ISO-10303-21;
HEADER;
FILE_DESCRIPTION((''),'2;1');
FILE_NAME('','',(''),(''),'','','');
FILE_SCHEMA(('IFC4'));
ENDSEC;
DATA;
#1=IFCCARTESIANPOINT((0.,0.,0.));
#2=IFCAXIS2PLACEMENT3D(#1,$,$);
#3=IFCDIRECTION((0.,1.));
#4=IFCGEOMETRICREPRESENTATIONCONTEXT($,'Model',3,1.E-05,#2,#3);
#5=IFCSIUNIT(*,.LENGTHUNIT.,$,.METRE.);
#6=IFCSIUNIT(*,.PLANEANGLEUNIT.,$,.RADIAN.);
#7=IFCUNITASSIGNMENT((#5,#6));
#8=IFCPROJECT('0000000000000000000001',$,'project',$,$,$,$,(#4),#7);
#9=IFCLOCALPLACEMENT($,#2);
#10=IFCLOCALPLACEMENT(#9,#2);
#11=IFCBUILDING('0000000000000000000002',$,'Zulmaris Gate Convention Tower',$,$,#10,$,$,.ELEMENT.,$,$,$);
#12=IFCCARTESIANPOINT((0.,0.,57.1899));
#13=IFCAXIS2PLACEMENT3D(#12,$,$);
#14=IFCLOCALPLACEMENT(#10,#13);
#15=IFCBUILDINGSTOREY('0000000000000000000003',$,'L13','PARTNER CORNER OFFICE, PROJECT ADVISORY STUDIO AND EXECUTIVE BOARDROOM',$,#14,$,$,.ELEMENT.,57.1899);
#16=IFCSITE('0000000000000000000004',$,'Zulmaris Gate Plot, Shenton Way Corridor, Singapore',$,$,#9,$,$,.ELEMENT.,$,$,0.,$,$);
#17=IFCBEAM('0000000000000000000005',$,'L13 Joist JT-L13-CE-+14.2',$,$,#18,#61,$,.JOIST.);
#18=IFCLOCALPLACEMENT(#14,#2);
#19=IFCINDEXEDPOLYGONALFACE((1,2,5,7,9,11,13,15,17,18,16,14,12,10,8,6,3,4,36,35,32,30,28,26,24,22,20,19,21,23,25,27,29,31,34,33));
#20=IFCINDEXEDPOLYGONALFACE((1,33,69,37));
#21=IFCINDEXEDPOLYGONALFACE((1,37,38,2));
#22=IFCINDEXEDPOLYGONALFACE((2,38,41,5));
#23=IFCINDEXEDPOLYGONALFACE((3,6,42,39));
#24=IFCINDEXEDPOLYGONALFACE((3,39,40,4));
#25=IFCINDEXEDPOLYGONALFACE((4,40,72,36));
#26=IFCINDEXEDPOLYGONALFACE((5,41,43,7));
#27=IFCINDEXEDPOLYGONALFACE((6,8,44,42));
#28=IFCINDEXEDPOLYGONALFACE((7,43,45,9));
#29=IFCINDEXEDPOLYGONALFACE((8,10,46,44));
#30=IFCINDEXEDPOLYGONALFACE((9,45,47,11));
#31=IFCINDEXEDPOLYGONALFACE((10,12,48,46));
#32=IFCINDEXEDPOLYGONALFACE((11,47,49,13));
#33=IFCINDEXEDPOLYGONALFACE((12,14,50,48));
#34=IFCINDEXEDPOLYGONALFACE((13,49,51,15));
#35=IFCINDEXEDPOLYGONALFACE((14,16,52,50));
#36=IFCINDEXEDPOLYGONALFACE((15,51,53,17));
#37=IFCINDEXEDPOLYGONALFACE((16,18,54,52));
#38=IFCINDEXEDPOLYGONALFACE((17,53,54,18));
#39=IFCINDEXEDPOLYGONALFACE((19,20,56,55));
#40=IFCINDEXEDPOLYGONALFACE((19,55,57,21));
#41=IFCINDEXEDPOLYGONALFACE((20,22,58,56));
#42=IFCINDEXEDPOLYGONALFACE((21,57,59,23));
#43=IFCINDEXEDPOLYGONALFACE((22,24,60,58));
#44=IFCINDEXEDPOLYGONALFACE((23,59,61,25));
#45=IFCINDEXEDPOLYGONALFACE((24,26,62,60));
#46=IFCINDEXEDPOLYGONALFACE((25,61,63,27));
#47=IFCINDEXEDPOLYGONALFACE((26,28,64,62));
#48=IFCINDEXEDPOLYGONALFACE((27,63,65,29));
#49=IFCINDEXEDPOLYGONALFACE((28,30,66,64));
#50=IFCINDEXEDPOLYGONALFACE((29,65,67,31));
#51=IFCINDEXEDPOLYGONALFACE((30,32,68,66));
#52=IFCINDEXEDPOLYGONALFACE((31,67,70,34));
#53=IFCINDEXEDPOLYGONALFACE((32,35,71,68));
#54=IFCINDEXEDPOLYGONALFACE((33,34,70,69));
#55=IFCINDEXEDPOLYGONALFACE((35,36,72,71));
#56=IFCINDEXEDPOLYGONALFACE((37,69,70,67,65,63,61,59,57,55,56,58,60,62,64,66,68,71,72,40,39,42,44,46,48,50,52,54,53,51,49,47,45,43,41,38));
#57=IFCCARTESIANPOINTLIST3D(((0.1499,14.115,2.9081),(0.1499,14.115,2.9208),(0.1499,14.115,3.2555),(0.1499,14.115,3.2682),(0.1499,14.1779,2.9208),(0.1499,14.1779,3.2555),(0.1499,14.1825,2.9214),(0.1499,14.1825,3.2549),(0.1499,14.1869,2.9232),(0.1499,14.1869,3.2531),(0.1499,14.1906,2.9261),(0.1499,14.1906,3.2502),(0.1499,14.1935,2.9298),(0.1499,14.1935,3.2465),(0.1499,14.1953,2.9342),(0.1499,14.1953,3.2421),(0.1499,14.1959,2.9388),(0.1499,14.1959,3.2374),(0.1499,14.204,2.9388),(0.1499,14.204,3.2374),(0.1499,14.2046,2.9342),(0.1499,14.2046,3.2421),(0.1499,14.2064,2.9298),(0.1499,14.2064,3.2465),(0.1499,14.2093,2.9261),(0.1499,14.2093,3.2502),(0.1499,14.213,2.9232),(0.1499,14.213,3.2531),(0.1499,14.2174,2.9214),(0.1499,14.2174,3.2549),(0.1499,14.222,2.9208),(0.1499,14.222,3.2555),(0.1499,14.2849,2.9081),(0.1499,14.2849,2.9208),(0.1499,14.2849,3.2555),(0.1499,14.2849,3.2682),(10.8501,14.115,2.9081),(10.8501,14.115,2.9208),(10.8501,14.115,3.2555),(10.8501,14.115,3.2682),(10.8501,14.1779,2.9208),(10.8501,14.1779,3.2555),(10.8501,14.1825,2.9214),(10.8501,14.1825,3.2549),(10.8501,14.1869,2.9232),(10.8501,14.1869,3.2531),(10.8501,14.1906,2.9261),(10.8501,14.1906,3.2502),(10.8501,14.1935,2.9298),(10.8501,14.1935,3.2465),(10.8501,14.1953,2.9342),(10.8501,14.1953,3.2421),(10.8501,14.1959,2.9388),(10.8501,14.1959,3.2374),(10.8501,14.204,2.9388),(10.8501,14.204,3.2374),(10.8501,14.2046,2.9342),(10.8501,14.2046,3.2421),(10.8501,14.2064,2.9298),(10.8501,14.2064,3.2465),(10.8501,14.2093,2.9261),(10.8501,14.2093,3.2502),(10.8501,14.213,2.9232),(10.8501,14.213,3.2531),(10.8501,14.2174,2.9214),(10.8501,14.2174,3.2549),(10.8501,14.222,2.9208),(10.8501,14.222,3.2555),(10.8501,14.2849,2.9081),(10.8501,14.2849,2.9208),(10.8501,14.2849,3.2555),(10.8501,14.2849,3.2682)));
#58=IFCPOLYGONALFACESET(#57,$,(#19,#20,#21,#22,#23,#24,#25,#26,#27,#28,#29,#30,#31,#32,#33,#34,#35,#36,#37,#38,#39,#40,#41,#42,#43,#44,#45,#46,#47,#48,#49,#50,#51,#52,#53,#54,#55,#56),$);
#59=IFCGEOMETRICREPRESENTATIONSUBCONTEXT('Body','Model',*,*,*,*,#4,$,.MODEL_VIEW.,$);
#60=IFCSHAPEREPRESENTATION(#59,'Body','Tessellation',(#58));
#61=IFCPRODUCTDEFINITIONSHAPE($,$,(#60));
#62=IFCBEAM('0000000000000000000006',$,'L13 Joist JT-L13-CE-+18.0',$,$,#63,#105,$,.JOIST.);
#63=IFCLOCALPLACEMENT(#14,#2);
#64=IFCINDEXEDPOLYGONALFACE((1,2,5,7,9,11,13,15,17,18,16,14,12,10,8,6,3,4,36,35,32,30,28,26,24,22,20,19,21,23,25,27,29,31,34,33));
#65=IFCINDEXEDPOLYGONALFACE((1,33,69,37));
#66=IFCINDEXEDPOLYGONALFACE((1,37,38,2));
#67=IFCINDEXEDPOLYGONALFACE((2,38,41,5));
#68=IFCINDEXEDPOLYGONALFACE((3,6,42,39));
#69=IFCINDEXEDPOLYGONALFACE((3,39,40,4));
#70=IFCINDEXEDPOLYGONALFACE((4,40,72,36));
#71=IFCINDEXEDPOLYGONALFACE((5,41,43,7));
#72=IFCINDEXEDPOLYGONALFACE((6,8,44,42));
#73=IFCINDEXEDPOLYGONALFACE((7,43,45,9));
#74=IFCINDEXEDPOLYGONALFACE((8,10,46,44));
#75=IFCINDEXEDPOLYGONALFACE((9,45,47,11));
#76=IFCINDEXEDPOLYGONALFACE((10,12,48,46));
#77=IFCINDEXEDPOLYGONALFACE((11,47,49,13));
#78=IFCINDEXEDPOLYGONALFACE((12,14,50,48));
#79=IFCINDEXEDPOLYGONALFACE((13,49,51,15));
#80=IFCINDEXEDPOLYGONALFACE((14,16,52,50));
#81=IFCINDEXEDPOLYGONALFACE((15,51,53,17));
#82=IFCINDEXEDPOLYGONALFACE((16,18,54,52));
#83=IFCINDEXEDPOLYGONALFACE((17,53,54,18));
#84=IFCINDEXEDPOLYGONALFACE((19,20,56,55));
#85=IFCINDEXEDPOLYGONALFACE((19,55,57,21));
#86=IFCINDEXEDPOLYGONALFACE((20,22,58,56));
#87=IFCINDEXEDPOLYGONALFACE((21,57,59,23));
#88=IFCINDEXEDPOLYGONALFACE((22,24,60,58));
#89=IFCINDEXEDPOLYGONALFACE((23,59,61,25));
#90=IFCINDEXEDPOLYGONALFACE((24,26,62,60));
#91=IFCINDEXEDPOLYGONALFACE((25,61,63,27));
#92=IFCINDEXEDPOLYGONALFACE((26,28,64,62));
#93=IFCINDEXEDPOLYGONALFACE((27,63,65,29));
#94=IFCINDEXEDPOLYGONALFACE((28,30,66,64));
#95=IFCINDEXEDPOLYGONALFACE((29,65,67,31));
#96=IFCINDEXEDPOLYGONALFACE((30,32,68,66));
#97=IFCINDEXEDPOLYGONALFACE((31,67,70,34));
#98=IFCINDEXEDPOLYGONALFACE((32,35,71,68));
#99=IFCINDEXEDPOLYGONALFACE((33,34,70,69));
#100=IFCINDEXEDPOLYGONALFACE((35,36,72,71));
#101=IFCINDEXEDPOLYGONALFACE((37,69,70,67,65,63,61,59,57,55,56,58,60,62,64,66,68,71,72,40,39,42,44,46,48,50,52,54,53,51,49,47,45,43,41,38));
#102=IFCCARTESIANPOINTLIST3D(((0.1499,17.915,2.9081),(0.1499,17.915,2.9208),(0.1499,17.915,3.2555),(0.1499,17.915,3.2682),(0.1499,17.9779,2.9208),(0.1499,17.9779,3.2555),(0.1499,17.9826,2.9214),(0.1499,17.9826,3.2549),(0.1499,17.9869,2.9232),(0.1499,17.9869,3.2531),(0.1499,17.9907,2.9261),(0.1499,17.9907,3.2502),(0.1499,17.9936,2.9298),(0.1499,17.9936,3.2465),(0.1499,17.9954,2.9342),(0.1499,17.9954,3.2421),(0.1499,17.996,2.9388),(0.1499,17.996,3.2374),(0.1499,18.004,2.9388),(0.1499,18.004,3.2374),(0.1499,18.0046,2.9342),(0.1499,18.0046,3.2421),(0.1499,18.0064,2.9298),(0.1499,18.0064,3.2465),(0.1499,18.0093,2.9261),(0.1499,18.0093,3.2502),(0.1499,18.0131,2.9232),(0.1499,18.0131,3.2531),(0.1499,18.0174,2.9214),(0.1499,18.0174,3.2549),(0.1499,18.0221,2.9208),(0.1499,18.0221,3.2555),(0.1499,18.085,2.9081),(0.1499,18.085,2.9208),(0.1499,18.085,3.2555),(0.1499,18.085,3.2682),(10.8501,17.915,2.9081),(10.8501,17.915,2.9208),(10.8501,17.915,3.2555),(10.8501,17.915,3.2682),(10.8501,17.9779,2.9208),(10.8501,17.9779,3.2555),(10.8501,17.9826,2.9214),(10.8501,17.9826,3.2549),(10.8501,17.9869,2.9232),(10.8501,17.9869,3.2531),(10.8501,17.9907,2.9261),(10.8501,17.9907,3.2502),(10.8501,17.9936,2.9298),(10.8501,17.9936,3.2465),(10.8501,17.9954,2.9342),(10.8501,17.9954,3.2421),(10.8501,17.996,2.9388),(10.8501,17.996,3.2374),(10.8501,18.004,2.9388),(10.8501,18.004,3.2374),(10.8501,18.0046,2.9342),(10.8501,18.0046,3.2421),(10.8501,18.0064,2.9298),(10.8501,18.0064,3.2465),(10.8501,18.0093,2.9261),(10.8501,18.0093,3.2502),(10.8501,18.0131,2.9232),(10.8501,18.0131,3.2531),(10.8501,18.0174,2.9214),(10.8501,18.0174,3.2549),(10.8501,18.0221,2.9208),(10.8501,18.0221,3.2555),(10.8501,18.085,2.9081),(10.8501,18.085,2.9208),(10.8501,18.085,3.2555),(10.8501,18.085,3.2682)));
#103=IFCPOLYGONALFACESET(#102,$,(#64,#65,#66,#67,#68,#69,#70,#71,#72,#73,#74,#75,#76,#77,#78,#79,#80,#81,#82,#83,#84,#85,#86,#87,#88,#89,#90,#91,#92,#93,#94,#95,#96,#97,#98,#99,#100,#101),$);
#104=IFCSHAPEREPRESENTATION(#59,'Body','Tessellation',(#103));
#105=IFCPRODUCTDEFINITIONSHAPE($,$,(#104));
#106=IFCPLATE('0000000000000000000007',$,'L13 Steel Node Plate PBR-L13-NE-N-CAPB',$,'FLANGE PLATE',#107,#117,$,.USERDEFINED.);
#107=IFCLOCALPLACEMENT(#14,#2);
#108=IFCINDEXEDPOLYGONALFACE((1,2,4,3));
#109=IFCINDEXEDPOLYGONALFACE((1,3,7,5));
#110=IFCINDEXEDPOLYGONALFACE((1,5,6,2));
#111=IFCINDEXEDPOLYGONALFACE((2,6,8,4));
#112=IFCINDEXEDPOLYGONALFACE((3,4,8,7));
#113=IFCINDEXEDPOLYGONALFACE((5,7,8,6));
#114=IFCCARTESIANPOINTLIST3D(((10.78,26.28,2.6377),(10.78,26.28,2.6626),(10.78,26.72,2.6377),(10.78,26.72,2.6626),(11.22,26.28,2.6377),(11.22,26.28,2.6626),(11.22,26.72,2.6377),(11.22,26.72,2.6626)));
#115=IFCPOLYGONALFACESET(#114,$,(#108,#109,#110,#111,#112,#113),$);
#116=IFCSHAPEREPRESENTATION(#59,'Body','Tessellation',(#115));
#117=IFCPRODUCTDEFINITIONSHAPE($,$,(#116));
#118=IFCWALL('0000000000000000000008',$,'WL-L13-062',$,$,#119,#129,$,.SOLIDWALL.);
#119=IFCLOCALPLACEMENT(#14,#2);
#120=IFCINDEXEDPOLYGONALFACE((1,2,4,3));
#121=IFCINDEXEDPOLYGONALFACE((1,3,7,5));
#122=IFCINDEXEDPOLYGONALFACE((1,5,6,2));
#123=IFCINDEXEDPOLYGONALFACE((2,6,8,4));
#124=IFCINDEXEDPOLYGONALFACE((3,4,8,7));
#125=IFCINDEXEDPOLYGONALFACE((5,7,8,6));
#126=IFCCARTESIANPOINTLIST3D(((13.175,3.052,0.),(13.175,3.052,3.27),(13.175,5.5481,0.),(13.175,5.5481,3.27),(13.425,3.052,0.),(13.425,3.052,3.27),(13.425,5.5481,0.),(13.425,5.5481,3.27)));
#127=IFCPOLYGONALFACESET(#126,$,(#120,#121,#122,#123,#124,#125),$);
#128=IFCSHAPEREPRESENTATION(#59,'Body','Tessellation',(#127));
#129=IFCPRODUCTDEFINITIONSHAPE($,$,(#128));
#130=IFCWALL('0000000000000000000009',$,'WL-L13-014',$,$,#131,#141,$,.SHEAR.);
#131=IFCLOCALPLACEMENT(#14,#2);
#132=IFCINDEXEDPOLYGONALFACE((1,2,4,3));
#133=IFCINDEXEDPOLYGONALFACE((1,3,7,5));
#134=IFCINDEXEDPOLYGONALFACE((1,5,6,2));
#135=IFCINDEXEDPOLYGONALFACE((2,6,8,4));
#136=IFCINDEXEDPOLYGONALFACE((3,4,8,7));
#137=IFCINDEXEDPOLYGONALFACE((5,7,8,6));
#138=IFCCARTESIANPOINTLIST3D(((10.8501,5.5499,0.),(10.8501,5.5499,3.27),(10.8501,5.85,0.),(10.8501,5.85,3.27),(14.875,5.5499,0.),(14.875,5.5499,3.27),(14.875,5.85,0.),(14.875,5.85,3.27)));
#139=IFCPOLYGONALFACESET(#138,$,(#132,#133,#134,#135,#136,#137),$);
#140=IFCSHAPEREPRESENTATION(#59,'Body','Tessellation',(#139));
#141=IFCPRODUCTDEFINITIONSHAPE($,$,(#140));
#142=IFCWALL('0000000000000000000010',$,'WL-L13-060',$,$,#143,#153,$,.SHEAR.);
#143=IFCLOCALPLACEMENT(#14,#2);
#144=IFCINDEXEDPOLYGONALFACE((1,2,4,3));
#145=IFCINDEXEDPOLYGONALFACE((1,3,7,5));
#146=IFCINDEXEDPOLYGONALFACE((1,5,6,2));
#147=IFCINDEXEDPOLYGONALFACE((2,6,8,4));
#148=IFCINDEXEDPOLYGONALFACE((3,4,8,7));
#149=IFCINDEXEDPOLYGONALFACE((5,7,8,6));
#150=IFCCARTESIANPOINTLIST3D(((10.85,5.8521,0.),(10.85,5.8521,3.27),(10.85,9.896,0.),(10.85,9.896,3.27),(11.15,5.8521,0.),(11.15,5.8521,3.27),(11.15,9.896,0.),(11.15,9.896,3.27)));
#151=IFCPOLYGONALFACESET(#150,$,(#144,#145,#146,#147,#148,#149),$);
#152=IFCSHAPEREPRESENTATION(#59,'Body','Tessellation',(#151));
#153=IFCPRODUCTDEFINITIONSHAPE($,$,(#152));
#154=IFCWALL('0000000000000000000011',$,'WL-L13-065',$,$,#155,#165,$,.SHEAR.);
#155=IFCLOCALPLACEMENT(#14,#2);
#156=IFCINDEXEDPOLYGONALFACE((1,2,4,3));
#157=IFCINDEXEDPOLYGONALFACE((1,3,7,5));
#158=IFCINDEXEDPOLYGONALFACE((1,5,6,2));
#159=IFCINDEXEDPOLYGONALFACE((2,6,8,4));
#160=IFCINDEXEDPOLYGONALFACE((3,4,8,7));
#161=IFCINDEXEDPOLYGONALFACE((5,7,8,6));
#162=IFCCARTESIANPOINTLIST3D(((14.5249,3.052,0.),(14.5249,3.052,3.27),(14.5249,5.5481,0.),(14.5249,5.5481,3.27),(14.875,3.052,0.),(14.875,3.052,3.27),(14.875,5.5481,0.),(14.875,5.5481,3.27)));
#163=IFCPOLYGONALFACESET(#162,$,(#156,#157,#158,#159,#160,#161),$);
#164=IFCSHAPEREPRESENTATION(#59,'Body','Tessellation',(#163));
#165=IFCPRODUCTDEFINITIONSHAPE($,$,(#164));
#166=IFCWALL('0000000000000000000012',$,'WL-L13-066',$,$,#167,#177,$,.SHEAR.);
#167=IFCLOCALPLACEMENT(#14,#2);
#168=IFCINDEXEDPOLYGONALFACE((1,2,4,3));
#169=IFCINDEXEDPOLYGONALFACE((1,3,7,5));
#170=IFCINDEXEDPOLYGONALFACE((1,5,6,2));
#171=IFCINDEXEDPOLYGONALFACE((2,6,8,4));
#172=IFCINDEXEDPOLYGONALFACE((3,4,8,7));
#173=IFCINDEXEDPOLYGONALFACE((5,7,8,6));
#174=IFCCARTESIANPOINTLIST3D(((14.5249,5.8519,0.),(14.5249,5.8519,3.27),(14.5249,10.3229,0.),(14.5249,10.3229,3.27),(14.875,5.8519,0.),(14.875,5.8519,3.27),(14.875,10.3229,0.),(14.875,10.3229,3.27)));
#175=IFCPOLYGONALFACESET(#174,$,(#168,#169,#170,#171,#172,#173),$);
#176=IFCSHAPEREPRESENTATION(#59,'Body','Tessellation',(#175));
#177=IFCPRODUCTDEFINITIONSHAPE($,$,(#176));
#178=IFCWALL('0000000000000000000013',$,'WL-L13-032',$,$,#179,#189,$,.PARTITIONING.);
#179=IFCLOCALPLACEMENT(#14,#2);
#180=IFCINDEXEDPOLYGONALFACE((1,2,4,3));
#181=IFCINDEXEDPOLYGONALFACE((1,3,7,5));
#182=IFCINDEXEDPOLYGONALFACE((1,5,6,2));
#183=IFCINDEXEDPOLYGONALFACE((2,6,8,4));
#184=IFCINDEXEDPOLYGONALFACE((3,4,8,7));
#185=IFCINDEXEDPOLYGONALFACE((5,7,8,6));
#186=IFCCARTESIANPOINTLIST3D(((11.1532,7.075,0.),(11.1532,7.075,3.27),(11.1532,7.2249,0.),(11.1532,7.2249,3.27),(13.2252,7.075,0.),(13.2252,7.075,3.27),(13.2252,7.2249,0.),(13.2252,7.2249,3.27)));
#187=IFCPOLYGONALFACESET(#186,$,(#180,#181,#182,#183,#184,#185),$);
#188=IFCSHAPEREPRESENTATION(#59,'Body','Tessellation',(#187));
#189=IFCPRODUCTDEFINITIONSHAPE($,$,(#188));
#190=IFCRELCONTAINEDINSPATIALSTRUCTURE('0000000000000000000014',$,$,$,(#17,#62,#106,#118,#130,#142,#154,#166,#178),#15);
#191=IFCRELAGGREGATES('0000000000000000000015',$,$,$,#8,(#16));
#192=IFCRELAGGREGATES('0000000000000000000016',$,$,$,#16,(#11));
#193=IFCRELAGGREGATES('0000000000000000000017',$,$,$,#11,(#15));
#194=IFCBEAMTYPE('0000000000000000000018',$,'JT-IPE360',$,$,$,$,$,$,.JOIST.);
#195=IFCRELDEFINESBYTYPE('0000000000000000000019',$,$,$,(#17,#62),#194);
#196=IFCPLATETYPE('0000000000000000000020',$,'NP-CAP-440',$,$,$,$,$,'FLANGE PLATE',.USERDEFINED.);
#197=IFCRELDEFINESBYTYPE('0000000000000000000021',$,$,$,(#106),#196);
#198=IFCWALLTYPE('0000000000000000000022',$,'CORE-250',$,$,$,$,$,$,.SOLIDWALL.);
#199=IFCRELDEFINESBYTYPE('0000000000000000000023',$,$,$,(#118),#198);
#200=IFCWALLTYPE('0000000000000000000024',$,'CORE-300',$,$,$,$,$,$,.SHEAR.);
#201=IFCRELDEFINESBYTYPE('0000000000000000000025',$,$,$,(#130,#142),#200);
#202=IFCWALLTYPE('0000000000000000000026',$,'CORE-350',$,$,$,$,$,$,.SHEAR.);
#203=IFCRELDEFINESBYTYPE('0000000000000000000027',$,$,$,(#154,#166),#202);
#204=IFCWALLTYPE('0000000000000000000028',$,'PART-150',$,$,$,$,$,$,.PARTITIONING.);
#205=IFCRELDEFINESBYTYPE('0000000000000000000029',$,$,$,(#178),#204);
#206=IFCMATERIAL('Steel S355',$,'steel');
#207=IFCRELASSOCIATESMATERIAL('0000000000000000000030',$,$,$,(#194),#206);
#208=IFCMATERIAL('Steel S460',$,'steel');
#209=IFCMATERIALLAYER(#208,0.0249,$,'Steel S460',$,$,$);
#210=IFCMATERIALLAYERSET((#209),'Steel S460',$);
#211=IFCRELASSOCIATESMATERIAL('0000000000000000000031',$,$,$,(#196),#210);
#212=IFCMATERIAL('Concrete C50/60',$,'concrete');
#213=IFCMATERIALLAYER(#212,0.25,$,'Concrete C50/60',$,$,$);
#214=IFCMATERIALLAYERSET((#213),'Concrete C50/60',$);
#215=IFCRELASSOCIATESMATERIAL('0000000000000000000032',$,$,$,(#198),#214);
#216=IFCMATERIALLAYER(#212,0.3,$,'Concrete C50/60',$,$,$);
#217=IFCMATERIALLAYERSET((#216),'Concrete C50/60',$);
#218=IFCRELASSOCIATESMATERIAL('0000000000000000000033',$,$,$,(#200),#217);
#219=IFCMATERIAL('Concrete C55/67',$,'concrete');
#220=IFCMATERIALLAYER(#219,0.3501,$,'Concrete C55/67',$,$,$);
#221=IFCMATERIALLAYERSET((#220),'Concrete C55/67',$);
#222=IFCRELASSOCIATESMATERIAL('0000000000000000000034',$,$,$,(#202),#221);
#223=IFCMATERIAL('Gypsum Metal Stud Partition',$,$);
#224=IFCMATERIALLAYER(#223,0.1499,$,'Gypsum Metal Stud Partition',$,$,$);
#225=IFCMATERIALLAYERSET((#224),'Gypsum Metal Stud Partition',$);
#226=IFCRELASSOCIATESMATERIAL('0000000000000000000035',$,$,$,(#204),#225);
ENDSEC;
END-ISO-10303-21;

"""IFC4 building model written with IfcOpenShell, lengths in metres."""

from ifc_helpers import new_model, si_unit, direction, frame, frame_2d, origin, origin_2d, place, context, subcontext, project, spatial, rectangle, i_section, extrude, material, layer, layer_set, material_profile, profile_set, type_object, element, save


model = new_model("IFC4")

# Units and contexts
model_context = context("Model", 3, precision=1e-05, world=origin(), true_north=direction((0.0, 1.0)))
body_context = subcontext(model_context, "Body", "Model", "MODEL_VIEW")
ifc_project = project(units=[si_unit("LENGTHUNIT", "METRE"), si_unit("PLANEANGLEUNIT", "RADIAN")], contexts=[model_context])

# Site, building, storey
site_placement = place(None, origin())
site = spatial("IfcSite", under=ifc_project, at=site_placement, Name="Zulmaris Gate Plot, Shenton Way Corridor, Singapore", CompositionType="ELEMENT", RefElevation=0.0)
building_placement = place(site_placement, origin())
building = spatial("IfcBuilding", under=site, at=building_placement, Name="Zulmaris Gate Convention Tower", CompositionType="ELEMENT")
storey_placement = place(building_placement, frame((0.0, 0.0, 57.1899)))
storey = spatial("IfcBuildingStorey", under=building, at=storey_placement, Name="L13", Description="PARTNER CORNER OFFICE, PROJECT ADVISORY STUDIO AND EXECUTIVE BOARDROOM", CompositionType="ELEMENT", Elevation=57.1899)

# Beams
ifc_material_1 = material(Name="Steel S355", Category="steel")
ifc_material_profile_1 = material_profile(ifc_material_1, i_section(OverallWidth=0.1699, OverallDepth=0.3601, WebThickness=0.0081, FlangeThickness=0.0127, FilletRadius=0.0181, at=origin_2d()), Name="IPE 360")
ifc_profile_set_1 = profile_set([ifc_material_profile_1], Name="Steel S355")
beam_type_1 = type_object("IfcBeamType", Name="JT-IPE360", PredefinedType="JOIST", material=ifc_profile_set_1)
for number, where, z_axis, x_axis, name in (
    (1, (0.1499, 14.2, 3.0881), (1.0, 0.0, 0.0), (0.0, 1.0, 0.0), "L13 Joist JT-L13-CE-+14.2"),
    (2, (0.1499, 18.0, 3.0881), (1.0, 0.0, 0.0), (0.0, 1.0, 0.0), "L13 Joist JT-L13-CE-+18.0"),
):
    element("IfcBeam", number, at=place(storey_placement, frame(where, z_axis=z_axis, x_axis=x_axis)), inside=storey, type_object=beam_type_1, Name=name, PredefinedType="JOIST", context=body_context, shape_type="SweptSolid", body=[
        extrude(i_section(OverallWidth=0.1699, OverallDepth=0.3601, WebThickness=0.0081, FlangeThickness=0.0127, FilletRadius=0.0181, at=origin_2d()), origin(), (0.0, 0.0, 1.0), 10.7002),
    ])

# Plate
ifc_material_2 = material(Name="Steel S460", Category="steel")
ifc_layer_1 = layer(ifc_material_2, 0.0249, Name="Steel S460")
ifc_layer_set_1 = layer_set([ifc_layer_1], Name="Steel S460")
plate_type = type_object("IfcPlateType", Name="NP-CAP-440", ElementType="FLANGE PLATE", PredefinedType="USERDEFINED", material=ifc_layer_set_1)
plate_placement = place(storey_placement, frame((11.0, 26.5, 2.6377), z_axis=(0.0, 0.0, 1.0), x_axis=(1.0, 0.0, 0.0)))
element("IfcPlate", 3, at=plate_placement, inside=storey, type_object=plate_type, Name="L13 Steel Node Plate PBR-L13-NE-N-CAPB", ObjectType="FLANGE PLATE", PredefinedType="USERDEFINED", context=body_context, shape_type="SweptSolid", body=[
    extrude(rectangle(XDim=0.4399, YDim=0.4399, at=origin_2d()), origin(), (0.0, 0.0, 1.0), 0.0249),
])

# Walls
ifc_material_3 = material(Name="Concrete C50/60", Category="concrete")
ifc_layer_2 = layer(ifc_material_3, 0.25, Name="Concrete C50/60")
ifc_layer_set_2 = layer_set([ifc_layer_2], Name="Concrete C50/60")
wall_type_1 = type_object("IfcWallType", Name="CORE-250", PredefinedType="SOLIDWALL", material=ifc_layer_set_2)
wall_1_placement = place(storey_placement, frame((13.3, 3.052, 0.0), z_axis=(0.0, 0.0, 1.0), x_axis=(0.0, 1.0, 0.0)))
element("IfcWall", 4, at=wall_1_placement, inside=storey, type_object=wall_type_1, Name="WL-L13-062", PredefinedType="SOLIDWALL", context=body_context, shape_type="SweptSolid", body=[
    extrude(rectangle(XDim=2.4961, YDim=0.25, at=frame_2d((1.248, 0.0))), origin(), (0.0, 0.0, 1.0), 3.27),
])
ifc_layer_3 = layer(ifc_material_3, 0.3, Name="Concrete C50/60")
ifc_layer_set_3 = layer_set([ifc_layer_3], Name="Concrete C50/60")
wall_type_2 = type_object("IfcWallType", Name="CORE-300", PredefinedType="SHEAR", material=ifc_layer_set_3)
wall_2_placement = place(storey_placement, frame((10.8501, 5.7, 0.0), z_axis=(0.0, 0.0, 1.0), x_axis=(1.0, 0.0, 0.0)))
element("IfcWall", 5, at=wall_2_placement, inside=storey, type_object=wall_type_2, Name="WL-L13-014", PredefinedType="SHEAR", context=body_context, shape_type="SweptSolid", body=[
    extrude(rectangle(XDim=4.0249, YDim=0.3, at=frame_2d((2.0125, 0.0))), origin(), (0.0, 0.0, 1.0), 3.27),
])

# Walls
wall_3_placement = place(storey_placement, frame((11.0, 5.8521, 0.0), z_axis=(0.0, 0.0, 1.0), x_axis=(0.0, 1.0, 0.0)))
element("IfcWall", 6, at=wall_3_placement, inside=storey, type_object=wall_type_2, Name="WL-L13-060", PredefinedType="SHEAR", context=body_context, shape_type="SweptSolid", body=[
    extrude(rectangle(XDim=4.0439, YDim=0.3, at=frame_2d((2.022, 0.0))), origin(), (0.0, 0.0, 1.0), 3.27),
])
ifc_material_4 = material(Name="Concrete C55/67", Category="concrete")
ifc_layer_4 = layer(ifc_material_4, 0.3501, Name="Concrete C55/67")
ifc_layer_set_4 = layer_set([ifc_layer_4], Name="Concrete C55/67")
wall_type_3 = type_object("IfcWallType", Name="CORE-350", PredefinedType="SHEAR", material=ifc_layer_set_4)
wall_4_placement = place(storey_placement, frame((14.7, 3.052, 0.0), z_axis=(0.0, 0.0, 1.0), x_axis=(0.0, 1.0, 0.0)))
element("IfcWall", 7, at=wall_4_placement, inside=storey, type_object=wall_type_3, Name="WL-L13-065", PredefinedType="SHEAR", context=body_context, shape_type="SweptSolid", body=[
    extrude(rectangle(XDim=2.4961, YDim=0.3501, at=frame_2d((1.248, 0.0))), origin(), (0.0, 0.0, 1.0), 3.27),
])
wall_5_placement = place(storey_placement, frame((14.7, 5.8521, 0.0), z_axis=(0.0, 0.0, 1.0), x_axis=(0.0, 1.0, 0.0)))
element("IfcWall", 8, at=wall_5_placement, inside=storey, type_object=wall_type_3, Name="WL-L13-066", PredefinedType="SHEAR", context=body_context, shape_type="SweptSolid", body=[
    extrude(rectangle(XDim=4.4709, YDim=0.3501, at=frame_2d((2.2354, 0.0))), origin(), (0.0, 0.0, 1.0), 3.27),
])
ifc_material_5 = material(Name="Gypsum Metal Stud Partition")
ifc_layer_5 = layer(ifc_material_5, 0.1499, Name="Gypsum Metal Stud Partition")
ifc_layer_set_5 = layer_set([ifc_layer_5], Name="Gypsum Metal Stud Partition")
wall_type_4 = type_object("IfcWallType", Name="PART-150", PredefinedType="PARTITIONING", material=ifc_layer_set_5)
wall_6_placement = place(storey_placement, frame((11.1531, 7.1499, 0.0), z_axis=(0.0, 0.0, 1.0), x_axis=(1.0, 0.0, 0.0)))
element("IfcWall", 9, at=wall_6_placement, inside=storey, type_object=wall_type_4, Name="WL-L13-032", PredefinedType="PARTITIONING", context=body_context, shape_type="SweptSolid", body=[
    extrude(rectangle(XDim=2.072, YDim=0.1499, at=frame_2d((1.0361, 0.0))), origin(), (0.0, 0.0, 1.0), 3.27),
])

save(model, "model.ifc")
